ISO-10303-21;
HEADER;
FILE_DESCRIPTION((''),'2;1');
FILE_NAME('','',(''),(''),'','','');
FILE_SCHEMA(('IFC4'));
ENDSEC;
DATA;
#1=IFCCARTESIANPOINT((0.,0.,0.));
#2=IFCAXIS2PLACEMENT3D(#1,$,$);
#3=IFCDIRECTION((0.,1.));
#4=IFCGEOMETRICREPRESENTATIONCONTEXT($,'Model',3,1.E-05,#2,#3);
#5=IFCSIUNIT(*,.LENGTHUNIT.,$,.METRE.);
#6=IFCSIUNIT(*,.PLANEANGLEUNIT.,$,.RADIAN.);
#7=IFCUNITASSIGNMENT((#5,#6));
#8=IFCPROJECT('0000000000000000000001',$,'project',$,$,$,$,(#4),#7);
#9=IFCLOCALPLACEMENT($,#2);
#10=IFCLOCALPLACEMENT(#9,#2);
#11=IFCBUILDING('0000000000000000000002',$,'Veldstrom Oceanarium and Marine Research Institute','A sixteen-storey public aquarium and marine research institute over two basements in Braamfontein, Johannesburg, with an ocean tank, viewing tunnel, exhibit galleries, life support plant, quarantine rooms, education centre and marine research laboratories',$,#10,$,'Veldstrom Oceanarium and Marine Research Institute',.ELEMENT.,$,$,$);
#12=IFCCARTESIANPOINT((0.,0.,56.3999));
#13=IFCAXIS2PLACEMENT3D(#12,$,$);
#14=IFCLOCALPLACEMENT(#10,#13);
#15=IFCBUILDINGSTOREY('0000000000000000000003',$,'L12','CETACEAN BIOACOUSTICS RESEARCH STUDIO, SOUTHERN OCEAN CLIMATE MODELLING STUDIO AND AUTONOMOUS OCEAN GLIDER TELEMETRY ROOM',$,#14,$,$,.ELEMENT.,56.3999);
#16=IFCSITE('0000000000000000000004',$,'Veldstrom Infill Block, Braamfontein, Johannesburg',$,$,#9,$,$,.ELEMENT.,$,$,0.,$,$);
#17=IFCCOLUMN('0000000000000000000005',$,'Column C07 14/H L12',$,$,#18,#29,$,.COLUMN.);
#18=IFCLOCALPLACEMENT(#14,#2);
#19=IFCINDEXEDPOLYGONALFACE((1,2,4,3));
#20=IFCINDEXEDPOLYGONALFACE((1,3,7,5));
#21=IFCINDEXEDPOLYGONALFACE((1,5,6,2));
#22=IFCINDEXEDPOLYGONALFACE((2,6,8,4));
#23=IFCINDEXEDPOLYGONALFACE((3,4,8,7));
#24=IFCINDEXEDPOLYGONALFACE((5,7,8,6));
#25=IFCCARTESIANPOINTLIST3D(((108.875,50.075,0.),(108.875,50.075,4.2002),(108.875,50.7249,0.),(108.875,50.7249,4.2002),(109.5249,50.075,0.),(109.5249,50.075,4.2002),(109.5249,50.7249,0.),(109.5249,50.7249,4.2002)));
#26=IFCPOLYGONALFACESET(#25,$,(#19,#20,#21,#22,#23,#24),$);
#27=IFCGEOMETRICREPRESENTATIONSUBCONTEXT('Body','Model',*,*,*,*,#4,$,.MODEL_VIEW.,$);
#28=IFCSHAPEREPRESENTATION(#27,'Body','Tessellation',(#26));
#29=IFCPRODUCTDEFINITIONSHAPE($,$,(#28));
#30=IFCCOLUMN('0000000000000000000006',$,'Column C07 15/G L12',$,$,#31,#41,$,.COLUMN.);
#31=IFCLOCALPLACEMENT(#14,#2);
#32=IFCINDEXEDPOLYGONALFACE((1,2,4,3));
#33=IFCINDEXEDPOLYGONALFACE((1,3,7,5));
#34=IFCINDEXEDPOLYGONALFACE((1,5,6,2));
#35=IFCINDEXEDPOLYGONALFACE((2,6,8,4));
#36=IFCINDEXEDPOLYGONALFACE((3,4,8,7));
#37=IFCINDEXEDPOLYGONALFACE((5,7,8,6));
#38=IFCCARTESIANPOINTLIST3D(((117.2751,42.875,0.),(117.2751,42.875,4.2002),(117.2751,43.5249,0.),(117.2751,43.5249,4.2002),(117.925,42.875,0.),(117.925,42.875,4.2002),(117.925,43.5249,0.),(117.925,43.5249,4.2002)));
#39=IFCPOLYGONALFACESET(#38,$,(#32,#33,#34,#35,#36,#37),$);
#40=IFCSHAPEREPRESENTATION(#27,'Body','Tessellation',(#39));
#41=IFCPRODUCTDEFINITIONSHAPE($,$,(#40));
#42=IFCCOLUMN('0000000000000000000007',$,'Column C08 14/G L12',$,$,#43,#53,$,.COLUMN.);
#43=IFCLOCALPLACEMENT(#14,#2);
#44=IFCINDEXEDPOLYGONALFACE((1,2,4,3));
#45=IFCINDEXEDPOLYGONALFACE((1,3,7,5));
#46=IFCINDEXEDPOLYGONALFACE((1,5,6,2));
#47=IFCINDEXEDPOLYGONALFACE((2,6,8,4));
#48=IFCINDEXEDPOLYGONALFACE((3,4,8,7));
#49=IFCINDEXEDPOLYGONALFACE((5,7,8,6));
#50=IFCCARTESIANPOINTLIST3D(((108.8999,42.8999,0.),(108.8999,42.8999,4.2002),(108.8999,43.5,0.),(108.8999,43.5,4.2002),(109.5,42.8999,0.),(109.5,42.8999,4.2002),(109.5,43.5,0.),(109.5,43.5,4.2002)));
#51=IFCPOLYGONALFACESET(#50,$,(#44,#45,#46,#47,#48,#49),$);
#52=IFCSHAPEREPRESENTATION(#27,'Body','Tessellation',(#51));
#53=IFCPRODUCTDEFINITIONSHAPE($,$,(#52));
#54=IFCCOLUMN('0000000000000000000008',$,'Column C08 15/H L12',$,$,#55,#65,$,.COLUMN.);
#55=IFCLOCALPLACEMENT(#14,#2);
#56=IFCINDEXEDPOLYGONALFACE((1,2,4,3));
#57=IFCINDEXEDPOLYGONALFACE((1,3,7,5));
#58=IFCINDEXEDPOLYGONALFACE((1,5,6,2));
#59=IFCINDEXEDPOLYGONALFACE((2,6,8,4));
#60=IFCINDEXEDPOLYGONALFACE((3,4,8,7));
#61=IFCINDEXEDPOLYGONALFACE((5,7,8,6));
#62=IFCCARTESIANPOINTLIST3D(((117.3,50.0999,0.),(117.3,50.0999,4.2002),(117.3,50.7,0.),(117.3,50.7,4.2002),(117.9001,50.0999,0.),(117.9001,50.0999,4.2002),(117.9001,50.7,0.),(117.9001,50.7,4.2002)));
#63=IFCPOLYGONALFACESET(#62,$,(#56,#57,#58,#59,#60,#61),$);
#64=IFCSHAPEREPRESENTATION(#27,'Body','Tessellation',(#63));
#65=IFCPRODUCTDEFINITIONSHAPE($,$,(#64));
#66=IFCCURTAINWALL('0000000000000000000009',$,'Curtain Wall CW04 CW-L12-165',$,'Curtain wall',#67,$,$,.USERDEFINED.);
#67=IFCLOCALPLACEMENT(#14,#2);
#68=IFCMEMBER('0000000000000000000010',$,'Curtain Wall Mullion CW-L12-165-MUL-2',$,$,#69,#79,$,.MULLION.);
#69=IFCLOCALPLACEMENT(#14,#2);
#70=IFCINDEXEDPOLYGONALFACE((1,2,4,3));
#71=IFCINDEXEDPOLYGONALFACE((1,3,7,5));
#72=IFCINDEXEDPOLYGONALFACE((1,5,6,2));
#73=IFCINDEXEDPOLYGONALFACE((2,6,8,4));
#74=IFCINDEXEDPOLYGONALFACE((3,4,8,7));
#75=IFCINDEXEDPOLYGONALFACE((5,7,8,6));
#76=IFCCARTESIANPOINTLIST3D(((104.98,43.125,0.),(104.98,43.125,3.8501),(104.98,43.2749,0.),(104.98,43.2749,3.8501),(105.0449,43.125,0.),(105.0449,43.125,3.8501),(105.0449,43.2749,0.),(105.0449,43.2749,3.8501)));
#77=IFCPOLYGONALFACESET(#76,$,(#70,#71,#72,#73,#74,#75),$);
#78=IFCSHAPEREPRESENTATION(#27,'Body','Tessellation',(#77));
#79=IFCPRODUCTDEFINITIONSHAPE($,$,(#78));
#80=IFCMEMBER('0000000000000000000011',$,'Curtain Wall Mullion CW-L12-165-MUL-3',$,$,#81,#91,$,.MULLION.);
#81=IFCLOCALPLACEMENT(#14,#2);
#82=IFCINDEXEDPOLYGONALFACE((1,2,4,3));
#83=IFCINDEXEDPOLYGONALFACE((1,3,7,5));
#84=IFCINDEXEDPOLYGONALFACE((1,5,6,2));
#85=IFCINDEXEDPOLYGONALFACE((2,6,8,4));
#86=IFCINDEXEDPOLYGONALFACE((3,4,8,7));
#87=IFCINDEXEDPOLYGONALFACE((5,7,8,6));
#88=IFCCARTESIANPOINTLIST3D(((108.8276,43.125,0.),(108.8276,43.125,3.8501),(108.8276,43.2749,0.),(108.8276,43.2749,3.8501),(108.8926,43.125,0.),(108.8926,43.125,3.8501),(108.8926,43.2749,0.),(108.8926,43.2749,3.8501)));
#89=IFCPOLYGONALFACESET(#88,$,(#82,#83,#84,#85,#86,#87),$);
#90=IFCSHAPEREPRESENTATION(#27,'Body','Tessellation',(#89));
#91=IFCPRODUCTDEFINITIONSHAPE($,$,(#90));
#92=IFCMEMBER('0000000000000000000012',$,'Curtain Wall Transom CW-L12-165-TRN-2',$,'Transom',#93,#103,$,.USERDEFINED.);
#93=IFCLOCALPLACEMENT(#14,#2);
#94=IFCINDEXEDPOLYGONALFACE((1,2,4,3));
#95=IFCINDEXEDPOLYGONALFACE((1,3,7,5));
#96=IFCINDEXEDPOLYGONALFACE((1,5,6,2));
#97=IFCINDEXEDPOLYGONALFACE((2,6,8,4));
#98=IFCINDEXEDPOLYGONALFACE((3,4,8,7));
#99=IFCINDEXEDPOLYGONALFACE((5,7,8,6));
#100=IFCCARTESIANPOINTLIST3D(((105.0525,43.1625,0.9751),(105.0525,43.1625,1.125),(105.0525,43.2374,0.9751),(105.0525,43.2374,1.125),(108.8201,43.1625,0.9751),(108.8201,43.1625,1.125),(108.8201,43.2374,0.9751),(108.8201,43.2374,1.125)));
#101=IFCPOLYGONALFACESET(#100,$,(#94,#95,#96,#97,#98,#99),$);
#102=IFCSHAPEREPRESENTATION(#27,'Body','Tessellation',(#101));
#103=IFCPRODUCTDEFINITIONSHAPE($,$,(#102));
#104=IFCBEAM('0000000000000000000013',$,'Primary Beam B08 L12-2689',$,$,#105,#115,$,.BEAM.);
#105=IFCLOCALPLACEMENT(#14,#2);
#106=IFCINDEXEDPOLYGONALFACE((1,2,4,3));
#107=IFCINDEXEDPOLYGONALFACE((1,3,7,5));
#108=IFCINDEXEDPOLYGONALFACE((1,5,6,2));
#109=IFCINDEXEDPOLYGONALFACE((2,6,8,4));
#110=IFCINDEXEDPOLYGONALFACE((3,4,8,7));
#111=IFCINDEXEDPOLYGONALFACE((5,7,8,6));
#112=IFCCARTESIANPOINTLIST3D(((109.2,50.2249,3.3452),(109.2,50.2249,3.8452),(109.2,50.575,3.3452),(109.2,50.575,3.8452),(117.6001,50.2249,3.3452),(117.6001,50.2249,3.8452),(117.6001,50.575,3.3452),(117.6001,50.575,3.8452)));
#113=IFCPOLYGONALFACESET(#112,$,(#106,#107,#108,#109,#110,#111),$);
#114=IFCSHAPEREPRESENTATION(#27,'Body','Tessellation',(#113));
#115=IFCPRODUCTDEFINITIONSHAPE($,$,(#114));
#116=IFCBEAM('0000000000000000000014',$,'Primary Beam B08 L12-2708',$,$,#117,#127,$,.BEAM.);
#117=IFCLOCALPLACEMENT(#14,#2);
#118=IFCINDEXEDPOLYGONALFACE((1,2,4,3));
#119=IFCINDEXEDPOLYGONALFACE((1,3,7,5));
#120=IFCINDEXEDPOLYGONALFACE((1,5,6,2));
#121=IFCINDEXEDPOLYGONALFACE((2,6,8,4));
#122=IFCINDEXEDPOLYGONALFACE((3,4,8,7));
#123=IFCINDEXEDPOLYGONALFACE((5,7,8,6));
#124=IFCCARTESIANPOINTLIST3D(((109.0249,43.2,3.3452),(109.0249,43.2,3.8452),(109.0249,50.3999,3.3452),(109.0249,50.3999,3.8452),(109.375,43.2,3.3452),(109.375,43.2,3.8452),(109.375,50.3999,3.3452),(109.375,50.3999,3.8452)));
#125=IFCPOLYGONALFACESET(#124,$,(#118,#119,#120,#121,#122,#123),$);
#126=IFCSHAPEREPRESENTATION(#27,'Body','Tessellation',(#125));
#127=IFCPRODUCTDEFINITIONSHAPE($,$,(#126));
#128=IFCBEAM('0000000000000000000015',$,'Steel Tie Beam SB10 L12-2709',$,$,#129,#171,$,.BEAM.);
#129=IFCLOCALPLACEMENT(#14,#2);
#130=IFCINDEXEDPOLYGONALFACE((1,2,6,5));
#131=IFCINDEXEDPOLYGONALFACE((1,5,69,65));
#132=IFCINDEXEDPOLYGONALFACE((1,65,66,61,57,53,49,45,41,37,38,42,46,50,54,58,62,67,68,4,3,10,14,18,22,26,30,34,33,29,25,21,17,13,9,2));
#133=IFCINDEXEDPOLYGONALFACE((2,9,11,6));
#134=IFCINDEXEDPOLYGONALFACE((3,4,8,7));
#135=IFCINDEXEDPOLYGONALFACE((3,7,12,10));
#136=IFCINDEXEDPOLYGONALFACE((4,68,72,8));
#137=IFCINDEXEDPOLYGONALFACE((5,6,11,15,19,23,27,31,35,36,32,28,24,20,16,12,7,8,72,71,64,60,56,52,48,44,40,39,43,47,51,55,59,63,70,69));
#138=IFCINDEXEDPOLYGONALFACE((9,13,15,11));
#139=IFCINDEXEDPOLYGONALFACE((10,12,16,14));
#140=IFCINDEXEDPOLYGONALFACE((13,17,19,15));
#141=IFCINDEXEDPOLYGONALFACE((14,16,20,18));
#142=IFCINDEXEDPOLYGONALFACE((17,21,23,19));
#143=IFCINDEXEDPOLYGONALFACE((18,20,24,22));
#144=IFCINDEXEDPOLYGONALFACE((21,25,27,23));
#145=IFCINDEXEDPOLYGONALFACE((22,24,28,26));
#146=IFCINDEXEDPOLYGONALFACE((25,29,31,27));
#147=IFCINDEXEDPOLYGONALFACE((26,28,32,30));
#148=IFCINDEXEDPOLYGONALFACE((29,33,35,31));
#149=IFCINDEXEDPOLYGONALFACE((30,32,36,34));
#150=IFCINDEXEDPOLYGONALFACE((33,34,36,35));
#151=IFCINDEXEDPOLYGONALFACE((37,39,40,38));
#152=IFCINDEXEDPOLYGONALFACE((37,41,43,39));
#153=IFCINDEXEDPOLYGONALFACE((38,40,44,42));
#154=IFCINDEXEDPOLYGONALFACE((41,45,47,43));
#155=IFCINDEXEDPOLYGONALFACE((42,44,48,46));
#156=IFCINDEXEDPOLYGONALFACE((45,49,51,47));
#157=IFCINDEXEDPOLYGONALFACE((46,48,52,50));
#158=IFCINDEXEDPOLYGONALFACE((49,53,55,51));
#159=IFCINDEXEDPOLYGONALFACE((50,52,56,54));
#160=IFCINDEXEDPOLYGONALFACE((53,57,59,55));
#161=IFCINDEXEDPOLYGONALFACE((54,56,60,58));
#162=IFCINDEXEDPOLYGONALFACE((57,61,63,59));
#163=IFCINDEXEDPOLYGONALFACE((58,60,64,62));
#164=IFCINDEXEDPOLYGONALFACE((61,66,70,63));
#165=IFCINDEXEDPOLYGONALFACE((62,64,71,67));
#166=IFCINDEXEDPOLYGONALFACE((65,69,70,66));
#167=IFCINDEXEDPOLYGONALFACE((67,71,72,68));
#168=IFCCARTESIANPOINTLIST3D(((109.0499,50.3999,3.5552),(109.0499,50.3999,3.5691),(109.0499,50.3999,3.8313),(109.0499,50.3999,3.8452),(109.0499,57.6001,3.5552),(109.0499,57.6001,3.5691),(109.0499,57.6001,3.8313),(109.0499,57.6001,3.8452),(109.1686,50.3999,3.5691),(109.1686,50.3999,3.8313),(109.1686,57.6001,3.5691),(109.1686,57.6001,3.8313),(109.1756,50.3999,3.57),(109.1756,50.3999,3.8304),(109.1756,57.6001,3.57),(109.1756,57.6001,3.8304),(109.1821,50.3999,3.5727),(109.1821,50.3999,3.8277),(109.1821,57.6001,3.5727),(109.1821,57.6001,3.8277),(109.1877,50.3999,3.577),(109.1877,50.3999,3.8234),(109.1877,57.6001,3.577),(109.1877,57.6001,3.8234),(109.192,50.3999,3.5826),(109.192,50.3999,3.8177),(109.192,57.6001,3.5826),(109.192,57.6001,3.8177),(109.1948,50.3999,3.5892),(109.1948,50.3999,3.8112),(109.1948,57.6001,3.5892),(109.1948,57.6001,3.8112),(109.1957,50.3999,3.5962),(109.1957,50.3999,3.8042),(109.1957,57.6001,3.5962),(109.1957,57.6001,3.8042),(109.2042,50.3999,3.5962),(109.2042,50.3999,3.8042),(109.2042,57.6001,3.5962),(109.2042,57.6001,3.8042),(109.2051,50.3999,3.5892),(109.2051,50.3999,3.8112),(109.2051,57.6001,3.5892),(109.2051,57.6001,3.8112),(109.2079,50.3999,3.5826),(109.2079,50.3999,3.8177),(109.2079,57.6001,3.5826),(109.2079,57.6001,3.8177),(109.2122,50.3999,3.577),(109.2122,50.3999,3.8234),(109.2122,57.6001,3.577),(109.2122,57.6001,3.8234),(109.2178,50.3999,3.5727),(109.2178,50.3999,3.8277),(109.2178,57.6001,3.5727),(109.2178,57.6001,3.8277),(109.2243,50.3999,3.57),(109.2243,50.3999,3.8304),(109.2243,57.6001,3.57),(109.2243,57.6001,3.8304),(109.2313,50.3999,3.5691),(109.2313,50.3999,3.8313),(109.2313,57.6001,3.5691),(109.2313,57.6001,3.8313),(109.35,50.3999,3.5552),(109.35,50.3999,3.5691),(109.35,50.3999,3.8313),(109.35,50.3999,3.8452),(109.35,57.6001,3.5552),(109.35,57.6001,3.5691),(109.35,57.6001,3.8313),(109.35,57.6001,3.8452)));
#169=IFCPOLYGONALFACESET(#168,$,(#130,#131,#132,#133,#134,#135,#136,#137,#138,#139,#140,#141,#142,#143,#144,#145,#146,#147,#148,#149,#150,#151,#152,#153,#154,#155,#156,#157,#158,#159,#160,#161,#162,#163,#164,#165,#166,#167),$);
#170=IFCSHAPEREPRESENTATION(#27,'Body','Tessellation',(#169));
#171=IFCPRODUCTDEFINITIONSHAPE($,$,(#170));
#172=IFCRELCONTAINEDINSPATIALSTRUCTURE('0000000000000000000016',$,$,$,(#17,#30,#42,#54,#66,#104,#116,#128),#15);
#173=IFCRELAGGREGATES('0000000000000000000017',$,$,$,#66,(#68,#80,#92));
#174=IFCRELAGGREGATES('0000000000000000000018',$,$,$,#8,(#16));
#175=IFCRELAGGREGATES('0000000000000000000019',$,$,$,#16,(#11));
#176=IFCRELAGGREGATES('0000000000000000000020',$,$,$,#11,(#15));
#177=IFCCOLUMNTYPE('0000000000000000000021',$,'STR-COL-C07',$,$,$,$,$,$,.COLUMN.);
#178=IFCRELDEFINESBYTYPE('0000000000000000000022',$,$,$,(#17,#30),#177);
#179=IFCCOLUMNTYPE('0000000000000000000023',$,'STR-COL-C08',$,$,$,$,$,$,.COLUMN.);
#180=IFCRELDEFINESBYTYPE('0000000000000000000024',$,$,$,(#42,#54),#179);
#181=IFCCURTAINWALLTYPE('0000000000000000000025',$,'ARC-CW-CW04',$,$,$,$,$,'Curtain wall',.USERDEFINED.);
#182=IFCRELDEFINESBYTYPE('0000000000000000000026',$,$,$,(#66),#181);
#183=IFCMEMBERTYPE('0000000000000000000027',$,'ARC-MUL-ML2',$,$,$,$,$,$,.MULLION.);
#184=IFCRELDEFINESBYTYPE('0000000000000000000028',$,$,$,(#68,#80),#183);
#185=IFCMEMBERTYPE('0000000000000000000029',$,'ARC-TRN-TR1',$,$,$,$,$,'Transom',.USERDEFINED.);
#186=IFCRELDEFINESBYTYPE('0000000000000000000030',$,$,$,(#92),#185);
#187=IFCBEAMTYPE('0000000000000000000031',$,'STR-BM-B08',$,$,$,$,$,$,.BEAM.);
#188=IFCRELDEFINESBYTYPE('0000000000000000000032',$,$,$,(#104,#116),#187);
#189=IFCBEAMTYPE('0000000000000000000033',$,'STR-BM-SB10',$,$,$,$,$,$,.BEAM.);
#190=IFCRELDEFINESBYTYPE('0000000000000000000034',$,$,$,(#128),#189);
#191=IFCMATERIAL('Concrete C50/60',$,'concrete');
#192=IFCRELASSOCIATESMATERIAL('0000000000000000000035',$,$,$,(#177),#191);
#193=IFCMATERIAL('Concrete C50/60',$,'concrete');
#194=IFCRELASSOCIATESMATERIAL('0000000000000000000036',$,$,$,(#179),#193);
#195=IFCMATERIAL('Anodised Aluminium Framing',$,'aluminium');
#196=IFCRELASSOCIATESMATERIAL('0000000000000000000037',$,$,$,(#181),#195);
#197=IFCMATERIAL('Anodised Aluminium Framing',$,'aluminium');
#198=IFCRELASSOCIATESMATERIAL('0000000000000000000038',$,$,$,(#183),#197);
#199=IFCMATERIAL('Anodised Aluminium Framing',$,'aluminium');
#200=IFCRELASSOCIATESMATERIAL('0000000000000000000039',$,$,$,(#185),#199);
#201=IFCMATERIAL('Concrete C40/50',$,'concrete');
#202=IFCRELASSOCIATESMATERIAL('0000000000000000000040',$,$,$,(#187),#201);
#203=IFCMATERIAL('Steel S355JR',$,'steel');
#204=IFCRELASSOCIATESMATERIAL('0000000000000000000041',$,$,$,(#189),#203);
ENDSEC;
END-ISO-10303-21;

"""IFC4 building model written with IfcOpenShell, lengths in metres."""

from ifc_helpers import new_model, si_unit, direction, frame, origin, origin_2d, place, context, subcontext, project, spatial, rectangle, i_section, extrude, material, material_profile, profile_set, type_object, element, aggregate, save


model = new_model("IFC4")

# Units and contexts
model_context = context("Model", 3, precision=1e-05, world=origin(), true_north=direction((0.0, 1.0)))
body_context = subcontext(model_context, "Body", "Model", "MODEL_VIEW")
ifc_project = project(units=[si_unit("LENGTHUNIT", "METRE"), si_unit("PLANEANGLEUNIT", "RADIAN")], contexts=[model_context])

# Site, building, storey
site_placement = place(None, origin())
site = spatial("IfcSite", under=ifc_project, at=site_placement, Name="Veldstrom Infill Block, Braamfontein, Johannesburg", CompositionType="ELEMENT", RefElevation=0.0)
building_placement = place(site_placement, origin())
building = spatial("IfcBuilding", under=site, at=building_placement, Name="Veldstrom Oceanarium and Marine Research Institute", Description="A sixteen-storey public aquarium and marine research institute over two basements in Braamfontein, Johannesburg, with an ocean tank, viewing tunnel, exhibit galleries, life support plant, quarantine rooms, education centre and marine research laboratories", LongName="Veldstrom Oceanarium and Marine Research Institute", CompositionType="ELEMENT")
storey_placement = place(building_placement, frame((0.0, 0.0, 56.3999)))
storey = spatial("IfcBuildingStorey", under=building, at=storey_placement, Name="L12", Description="CETACEAN BIOACOUSTICS RESEARCH STUDIO, SOUTHERN OCEAN CLIMATE MODELLING STUDIO AND AUTONOMOUS OCEAN GLIDER TELEMETRY ROOM", CompositionType="ELEMENT", Elevation=56.3999)

# Columns
ifc_material_1 = material(Name="Concrete C50/60", Category="concrete")
ifc_material_profile_1 = material_profile(ifc_material_1, rectangle(XDim=0.6499, YDim=0.6499, at=origin_2d()), Name="RC-COL-650x650")
ifc_profile_set_1 = profile_set([ifc_material_profile_1], Name="Concrete C50/60")
column_type_1 = type_object("IfcColumnType", Name="STR-COL-C07", PredefinedType="COLUMN", material=ifc_profile_set_1)
for number, where, z_axis, x_axis, name in (
    (1, (109.2, 50.3999, 0.0), (0.0, 0.0, 1.0), (1.0, 0.0, 0.0), "Column C07 14/H L12"),
    (2, (117.6001, 43.2, 0.0), (0.0, 0.0, 1.0), (1.0, 0.0, 0.0), "Column C07 15/G L12"),
):
    element("IfcColumn", number, at=place(storey_placement, frame(where, z_axis=z_axis, x_axis=x_axis)), inside=storey, type_object=column_type_1, Name=name, PredefinedType="COLUMN", context=body_context, shape_type="SweptSolid", body=[
        extrude(rectangle(XDim=0.6499, YDim=0.6499, at=origin_2d()), origin(), (0.0, 0.0, 1.0), 4.2002),
    ])
ifc_material_2 = material(Name="Concrete C50/60", Category="concrete")
ifc_material_profile_2 = material_profile(ifc_material_2, rectangle(XDim=0.6001, YDim=0.6001, at=origin_2d()), Name="RC-COL-600x600")
ifc_profile_set_2 = profile_set([ifc_material_profile_2], Name="Concrete C50/60")
column_type_2 = type_object("IfcColumnType", Name="STR-COL-C08", PredefinedType="COLUMN", material=ifc_profile_set_2)
for number, where, z_axis, x_axis, name in (
    (3, (109.2, 43.2, 0.0), (0.0, 0.0, 1.0), (1.0, 0.0, 0.0), "Column C08 14/G L12"),
    (4, (117.6001, 50.3999, 0.0), (0.0, 0.0, 1.0), (1.0, 0.0, 0.0), "Column C08 15/H L12"),
):
    element("IfcColumn", number, at=place(storey_placement, frame(where, z_axis=z_axis, x_axis=x_axis)), inside=storey, type_object=column_type_2, Name=name, PredefinedType="COLUMN", context=body_context, shape_type="SweptSolid", body=[
        extrude(rectangle(XDim=0.6001, YDim=0.6001, at=origin_2d()), origin(), (0.0, 0.0, 1.0), 4.2002),
    ])

# Curtain wall, members
ifc_material_3 = material(Name="Anodised Aluminium Framing", Category="aluminium")
curtain_wall_type = type_object("IfcCurtainWallType", Name="ARC-CW-CW04", ElementType="Curtain wall", PredefinedType="USERDEFINED", material=ifc_material_3)
curtain_wall_placement = place(storey_placement, origin())
curtain_wall = element("IfcCurtainWall", 5, at=curtain_wall_placement, inside=storey, type_object=curtain_wall_type, Name="Curtain Wall CW04 CW-L12-165", ObjectType="Curtain wall", PredefinedType="USERDEFINED")
ifc_material_4 = material(Name="Anodised Aluminium Framing", Category="aluminium")
ifc_material_profile_3 = material_profile(ifc_material_4, rectangle(XDim=0.0649, YDim=0.1499, at=origin_2d()), Name="ALU-MUL-65x150")
ifc_profile_set_3 = profile_set([ifc_material_profile_3], Name="Anodised Aluminium Framing")
member_type_1 = type_object("IfcMemberType", Name="ARC-MUL-ML2", PredefinedType="MULLION", material=ifc_profile_set_3)
member_1_placement = place(storey_placement, frame((105.0125, 43.2, 0.0), z_axis=(0.0, 0.0, 1.0), x_axis=(1.0, 0.0, 0.0)))
member_1 = element("IfcMember", 6, at=member_1_placement, type_object=member_type_1, Name="Curtain Wall Mullion CW-L12-165-MUL-2", PredefinedType="MULLION", context=body_context, shape_type="SweptSolid", body=[
    extrude(rectangle(XDim=0.0649, YDim=0.1499, at=origin_2d()), origin(), (0.0, 0.0, 1.0), 3.8501),
])
member_2_placement = place(storey_placement, frame((108.8601, 43.2, 0.0), z_axis=(0.0, 0.0, 1.0), x_axis=(1.0, 0.0, 0.0)))
member_2 = element("IfcMember", 7, at=member_2_placement, type_object=member_type_1, Name="Curtain Wall Mullion CW-L12-165-MUL-3", PredefinedType="MULLION", context=body_context, shape_type="SweptSolid", body=[
    extrude(rectangle(XDim=0.0649, YDim=0.1499, at=origin_2d()), origin(), (0.0, 0.0, 1.0), 3.8501),
])
ifc_material_5 = material(Name="Anodised Aluminium Framing", Category="aluminium")
ifc_material_profile_4 = material_profile(ifc_material_5, rectangle(XDim=0.075, YDim=0.1499, at=origin_2d()), Name="ALU-TRN-75x150")
ifc_profile_set_4 = profile_set([ifc_material_profile_4], Name="Anodised Aluminium Framing")
member_type_2 = type_object("IfcMemberType", Name="ARC-TRN-TR1", ElementType="Transom", PredefinedType="USERDEFINED", material=ifc_profile_set_4)
member_3_placement = place(storey_placement, frame((105.0525, 43.2, 1.05), z_axis=(1.0, 0.0, 0.0), x_axis=(0.0, 1.0, 0.0)))
member_3 = element("IfcMember", 8, at=member_3_placement, type_object=member_type_2, Name="Curtain Wall Transom CW-L12-165-TRN-2", ObjectType="Transom", PredefinedType="USERDEFINED", context=body_context, shape_type="SweptSolid", body=[
    extrude(rectangle(XDim=0.075, YDim=0.1499, at=origin_2d()), origin(), (0.0, 0.0, 1.0), 3.7676),
])

# Beams
ifc_material_6 = material(Name="Concrete C40/50", Category="concrete")
ifc_material_profile_5 = material_profile(ifc_material_6, rectangle(XDim=0.3501, YDim=0.5, at=origin_2d()), Name="RC-BM-350x500")
ifc_profile_set_5 = profile_set([ifc_material_profile_5], Name="Concrete C40/50")
beam_type_1 = type_object("IfcBeamType", Name="STR-BM-B08", PredefinedType="BEAM", material=ifc_profile_set_5)
beam_1_placement = place(storey_placement, frame((109.2, 50.3999, 3.5952), z_axis=(1.0, 0.0, 0.0), x_axis=(0.0, 1.0, 0.0)))
element("IfcBeam", 9, at=beam_1_placement, inside=storey, type_object=beam_type_1, Name="Primary Beam B08 L12-2689", PredefinedType="BEAM", context=body_context, shape_type="SweptSolid", body=[
    extrude(rectangle(XDim=0.3501, YDim=0.5, at=origin_2d()), origin(), (0.0, 0.0, 1.0), 8.4001),
])
beam_2_placement = place(storey_placement, frame((109.2, 43.2, 3.5952), z_axis=(0.0, 1.0, 0.0), x_axis=(-1.0, 0.0, 0.0)))
element("IfcBeam", 10, at=beam_2_placement, inside=storey, type_object=beam_type_1, Name="Primary Beam B08 L12-2708", PredefinedType="BEAM", context=body_context, shape_type="SweptSolid", body=[
    extrude(rectangle(XDim=0.3501, YDim=0.5, at=origin_2d()), origin(), (0.0, 0.0, 1.0), 7.2),
])
ifc_material_7 = material(Name="Steel S355JR", Category="steel")
ifc_material_profile_6 = material_profile(ifc_material_7, i_section(OverallWidth=0.3, OverallDepth=0.29, WebThickness=0.0085, FlangeThickness=0.0139, FilletRadius=0.0271, at=origin_2d()), Name="HEA 300")
ifc_profile_set_6 = profile_set([ifc_material_profile_6], Name="Steel S355JR")
beam_type_2 = type_object("IfcBeamType", Name="STR-BM-SB10", PredefinedType="BEAM", material=ifc_profile_set_6)
beam_3_placement = place(storey_placement, frame((109.2, 50.3999, 3.7002), z_axis=(0.0, 1.0, 0.0), x_axis=(-1.0, 0.0, 0.0)))
element("IfcBeam", 11, at=beam_3_placement, inside=storey, type_object=beam_type_2, Name="Steel Tie Beam SB10 L12-2709", PredefinedType="BEAM", context=body_context, shape_type="SweptSolid", body=[
    extrude(i_section(OverallWidth=0.3, OverallDepth=0.29, WebThickness=0.0085, FlangeThickness=0.0139, FilletRadius=0.0271, at=origin_2d()), origin(), (0.0, 0.0, 1.0), 7.2002),
])

aggregate(curtain_wall, [member_1, member_2, member_3])

save(model, "model.ifc")
